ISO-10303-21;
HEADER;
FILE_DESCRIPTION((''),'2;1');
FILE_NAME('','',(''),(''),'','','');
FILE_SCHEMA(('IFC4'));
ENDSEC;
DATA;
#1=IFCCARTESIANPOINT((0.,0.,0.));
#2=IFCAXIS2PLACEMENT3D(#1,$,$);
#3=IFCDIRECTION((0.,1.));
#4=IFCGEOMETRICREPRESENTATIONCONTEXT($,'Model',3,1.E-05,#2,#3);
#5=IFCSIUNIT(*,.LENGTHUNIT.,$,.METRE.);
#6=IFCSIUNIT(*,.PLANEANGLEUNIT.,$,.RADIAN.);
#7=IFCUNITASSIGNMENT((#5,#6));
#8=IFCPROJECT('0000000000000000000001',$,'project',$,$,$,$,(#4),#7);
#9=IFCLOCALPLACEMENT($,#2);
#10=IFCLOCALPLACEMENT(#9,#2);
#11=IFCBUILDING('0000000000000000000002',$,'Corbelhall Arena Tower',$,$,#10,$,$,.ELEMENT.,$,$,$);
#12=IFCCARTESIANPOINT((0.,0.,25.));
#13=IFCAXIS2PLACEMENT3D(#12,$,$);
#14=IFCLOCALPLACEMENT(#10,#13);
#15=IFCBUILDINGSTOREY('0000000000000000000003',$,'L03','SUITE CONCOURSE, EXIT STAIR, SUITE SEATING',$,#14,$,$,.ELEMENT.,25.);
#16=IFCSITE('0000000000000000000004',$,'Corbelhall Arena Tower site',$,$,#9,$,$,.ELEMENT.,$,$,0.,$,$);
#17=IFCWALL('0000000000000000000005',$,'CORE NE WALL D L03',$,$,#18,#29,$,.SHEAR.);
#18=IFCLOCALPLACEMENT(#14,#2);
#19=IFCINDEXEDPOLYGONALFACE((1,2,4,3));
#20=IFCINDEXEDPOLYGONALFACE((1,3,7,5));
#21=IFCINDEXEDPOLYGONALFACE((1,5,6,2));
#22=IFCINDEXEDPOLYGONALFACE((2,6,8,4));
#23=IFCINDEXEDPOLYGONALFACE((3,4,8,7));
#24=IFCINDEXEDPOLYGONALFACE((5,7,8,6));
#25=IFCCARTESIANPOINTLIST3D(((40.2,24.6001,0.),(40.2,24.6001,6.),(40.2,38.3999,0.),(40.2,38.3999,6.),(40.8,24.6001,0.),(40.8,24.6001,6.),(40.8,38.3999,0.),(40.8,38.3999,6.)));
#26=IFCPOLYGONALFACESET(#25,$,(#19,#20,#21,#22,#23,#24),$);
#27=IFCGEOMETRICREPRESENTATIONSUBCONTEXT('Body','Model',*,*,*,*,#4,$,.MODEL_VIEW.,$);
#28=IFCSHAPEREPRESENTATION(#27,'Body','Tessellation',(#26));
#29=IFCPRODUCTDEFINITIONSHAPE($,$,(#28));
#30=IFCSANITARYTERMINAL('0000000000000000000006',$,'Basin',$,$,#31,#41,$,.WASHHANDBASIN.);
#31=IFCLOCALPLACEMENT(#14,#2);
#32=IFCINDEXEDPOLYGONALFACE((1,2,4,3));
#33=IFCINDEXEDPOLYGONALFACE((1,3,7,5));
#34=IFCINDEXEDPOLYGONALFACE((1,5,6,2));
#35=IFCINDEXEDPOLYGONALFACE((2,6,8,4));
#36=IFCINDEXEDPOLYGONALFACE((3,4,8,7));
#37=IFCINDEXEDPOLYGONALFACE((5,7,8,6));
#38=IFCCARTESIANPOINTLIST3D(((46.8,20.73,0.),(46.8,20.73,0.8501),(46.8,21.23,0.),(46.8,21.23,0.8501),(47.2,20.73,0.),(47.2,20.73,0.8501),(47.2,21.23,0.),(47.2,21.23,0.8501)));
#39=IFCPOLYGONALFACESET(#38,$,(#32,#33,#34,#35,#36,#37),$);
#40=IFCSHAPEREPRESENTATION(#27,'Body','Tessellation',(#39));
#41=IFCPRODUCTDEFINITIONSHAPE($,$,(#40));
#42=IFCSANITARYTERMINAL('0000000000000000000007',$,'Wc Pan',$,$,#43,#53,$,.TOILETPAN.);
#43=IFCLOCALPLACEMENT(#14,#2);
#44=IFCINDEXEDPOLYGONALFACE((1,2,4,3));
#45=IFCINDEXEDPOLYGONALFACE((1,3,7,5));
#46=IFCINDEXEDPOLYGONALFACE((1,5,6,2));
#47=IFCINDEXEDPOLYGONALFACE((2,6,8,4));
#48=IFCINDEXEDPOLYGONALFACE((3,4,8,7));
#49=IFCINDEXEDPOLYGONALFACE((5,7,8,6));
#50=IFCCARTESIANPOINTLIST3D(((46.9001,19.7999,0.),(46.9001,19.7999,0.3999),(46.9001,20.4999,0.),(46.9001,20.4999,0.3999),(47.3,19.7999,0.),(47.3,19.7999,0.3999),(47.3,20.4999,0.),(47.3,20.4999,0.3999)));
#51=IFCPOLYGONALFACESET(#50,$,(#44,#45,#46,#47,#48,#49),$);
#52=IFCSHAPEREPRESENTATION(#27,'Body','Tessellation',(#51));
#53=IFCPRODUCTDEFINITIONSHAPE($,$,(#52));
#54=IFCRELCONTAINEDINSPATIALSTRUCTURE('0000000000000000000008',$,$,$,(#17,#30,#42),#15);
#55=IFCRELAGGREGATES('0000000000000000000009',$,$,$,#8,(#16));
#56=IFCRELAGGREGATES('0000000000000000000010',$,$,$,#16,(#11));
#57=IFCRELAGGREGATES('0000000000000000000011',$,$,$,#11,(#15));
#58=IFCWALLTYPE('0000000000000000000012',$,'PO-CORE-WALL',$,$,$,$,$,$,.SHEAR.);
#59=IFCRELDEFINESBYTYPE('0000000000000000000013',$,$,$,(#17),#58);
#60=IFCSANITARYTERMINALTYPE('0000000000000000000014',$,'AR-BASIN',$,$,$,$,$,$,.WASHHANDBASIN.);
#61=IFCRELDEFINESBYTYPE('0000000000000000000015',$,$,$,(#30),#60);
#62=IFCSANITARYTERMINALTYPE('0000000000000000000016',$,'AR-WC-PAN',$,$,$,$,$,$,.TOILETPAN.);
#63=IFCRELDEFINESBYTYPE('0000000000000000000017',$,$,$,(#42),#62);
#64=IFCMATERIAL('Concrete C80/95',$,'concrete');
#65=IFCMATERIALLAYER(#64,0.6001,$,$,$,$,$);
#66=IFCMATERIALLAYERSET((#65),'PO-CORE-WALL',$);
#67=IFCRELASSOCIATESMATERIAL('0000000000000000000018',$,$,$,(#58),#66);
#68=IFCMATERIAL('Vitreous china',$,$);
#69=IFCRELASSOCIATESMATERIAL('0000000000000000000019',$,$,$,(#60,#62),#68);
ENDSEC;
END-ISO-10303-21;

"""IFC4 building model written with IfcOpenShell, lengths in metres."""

from ifc_helpers import new_model, si_unit, direction, frame, frame_2d, origin, origin_2d, place, context, subcontext, project, spatial, rectangle, extrude, material, layer, layer_set, type_object, element, save


model = new_model("IFC4")

# Units and contexts
model_context = context("Model", 3, precision=1e-05, world=origin(), true_north=direction((0.0, 1.0)))
body_context = subcontext(model_context, "Body", "Model", "MODEL_VIEW")
ifc_project = project(units=[si_unit("LENGTHUNIT", "METRE"), si_unit("PLANEANGLEUNIT", "RADIAN")], contexts=[model_context])

# Site, building, storey
site_placement = place(None, origin())
site = spatial("IfcSite", under=ifc_project, at=site_placement, Name="Corbelhall Arena Tower site", CompositionType="ELEMENT", RefElevation=0.0)
building_placement = place(site_placement, origin())
building = spatial("IfcBuilding", under=site, at=building_placement, Name="Corbelhall Arena Tower", CompositionType="ELEMENT")
storey_placement = place(building_placement, frame((0.0, 0.0, 25.0)))
storey = spatial("IfcBuildingStorey", under=building, at=storey_placement, Name="L03", Description="SUITE CONCOURSE, EXIT STAIR, SUITE SEATING", CompositionType="ELEMENT", Elevation=25.0)

# Shared definitions
ifc_material_1 = material(Name="Concrete C80/95", Category="concrete")
ifc_layer_1 = layer(ifc_material_1, 0.6001)
ifc_layer_set_1 = layer_set([ifc_layer_1], Name="PO-CORE-WALL")
wall_type_1 = type_object("IfcWallType", Name="PO-CORE-WALL", PredefinedType="SHEAR", material=ifc_layer_set_1)

# Wall
wall_1_placement = place(storey_placement, frame((40.5, 24.6001, 0.0), z_axis=(0.0, 0.0, 1.0), x_axis=(0.0, 1.0, 0.0)))
element("IfcWall", 1, at=wall_1_placement, inside=storey, type_object=wall_type_1, Name="CORE NE WALL D L03", PredefinedType="SHEAR", context=body_context, shape_type="SweptSolid", body=[
    extrude(rectangle(XDim=13.7998, YDim=0.6001, at=frame_2d((6.8999, 0.0))), origin(), (0.0, 0.0, 1.0), 6.0),
])

# Sanitary terminals
ifc_material_2 = material(Name="Vitreous china")
sanitary_terminal_type_1 = type_object("IfcSanitaryTerminalType", Name="AR-BASIN", PredefinedType="WASHHANDBASIN", material=ifc_material_2)
sanitary_terminal_1_placement = place(storey_placement, frame((47.0, 20.98, 0.0), z_axis=(0.0, 0.0, 1.0), x_axis=(1.0, 0.0, 0.0)))
element("IfcSanitaryTerminal", 2, at=sanitary_terminal_1_placement, inside=storey, type_object=sanitary_terminal_type_1, Name="Basin", PredefinedType="WASHHANDBASIN", context=body_context, shape_type="SweptSolid", body=[
    extrude(rectangle(XDim=0.3999, YDim=0.5, at=origin_2d()), origin(), (0.0, 0.0, 1.0), 0.8501),
])
sanitary_terminal_type_2 = type_object("IfcSanitaryTerminalType", Name="AR-WC-PAN", PredefinedType="TOILETPAN", material=ifc_material_2)
sanitary_terminal_2_placement = place(storey_placement, frame((47.1001, 20.1499, 0.0), z_axis=(0.0, 0.0, 1.0), x_axis=(1.0, 0.0, 0.0)))
element("IfcSanitaryTerminal", 3, at=sanitary_terminal_2_placement, inside=storey, type_object=sanitary_terminal_type_2, Name="Wc Pan", PredefinedType="TOILETPAN", context=body_context, shape_type="SweptSolid", body=[
    extrude(rectangle(XDim=0.3999, YDim=0.7, at=origin_2d()), origin(), (0.0, 0.0, 1.0), 0.3999),
])

save(model, "model.ifc")
